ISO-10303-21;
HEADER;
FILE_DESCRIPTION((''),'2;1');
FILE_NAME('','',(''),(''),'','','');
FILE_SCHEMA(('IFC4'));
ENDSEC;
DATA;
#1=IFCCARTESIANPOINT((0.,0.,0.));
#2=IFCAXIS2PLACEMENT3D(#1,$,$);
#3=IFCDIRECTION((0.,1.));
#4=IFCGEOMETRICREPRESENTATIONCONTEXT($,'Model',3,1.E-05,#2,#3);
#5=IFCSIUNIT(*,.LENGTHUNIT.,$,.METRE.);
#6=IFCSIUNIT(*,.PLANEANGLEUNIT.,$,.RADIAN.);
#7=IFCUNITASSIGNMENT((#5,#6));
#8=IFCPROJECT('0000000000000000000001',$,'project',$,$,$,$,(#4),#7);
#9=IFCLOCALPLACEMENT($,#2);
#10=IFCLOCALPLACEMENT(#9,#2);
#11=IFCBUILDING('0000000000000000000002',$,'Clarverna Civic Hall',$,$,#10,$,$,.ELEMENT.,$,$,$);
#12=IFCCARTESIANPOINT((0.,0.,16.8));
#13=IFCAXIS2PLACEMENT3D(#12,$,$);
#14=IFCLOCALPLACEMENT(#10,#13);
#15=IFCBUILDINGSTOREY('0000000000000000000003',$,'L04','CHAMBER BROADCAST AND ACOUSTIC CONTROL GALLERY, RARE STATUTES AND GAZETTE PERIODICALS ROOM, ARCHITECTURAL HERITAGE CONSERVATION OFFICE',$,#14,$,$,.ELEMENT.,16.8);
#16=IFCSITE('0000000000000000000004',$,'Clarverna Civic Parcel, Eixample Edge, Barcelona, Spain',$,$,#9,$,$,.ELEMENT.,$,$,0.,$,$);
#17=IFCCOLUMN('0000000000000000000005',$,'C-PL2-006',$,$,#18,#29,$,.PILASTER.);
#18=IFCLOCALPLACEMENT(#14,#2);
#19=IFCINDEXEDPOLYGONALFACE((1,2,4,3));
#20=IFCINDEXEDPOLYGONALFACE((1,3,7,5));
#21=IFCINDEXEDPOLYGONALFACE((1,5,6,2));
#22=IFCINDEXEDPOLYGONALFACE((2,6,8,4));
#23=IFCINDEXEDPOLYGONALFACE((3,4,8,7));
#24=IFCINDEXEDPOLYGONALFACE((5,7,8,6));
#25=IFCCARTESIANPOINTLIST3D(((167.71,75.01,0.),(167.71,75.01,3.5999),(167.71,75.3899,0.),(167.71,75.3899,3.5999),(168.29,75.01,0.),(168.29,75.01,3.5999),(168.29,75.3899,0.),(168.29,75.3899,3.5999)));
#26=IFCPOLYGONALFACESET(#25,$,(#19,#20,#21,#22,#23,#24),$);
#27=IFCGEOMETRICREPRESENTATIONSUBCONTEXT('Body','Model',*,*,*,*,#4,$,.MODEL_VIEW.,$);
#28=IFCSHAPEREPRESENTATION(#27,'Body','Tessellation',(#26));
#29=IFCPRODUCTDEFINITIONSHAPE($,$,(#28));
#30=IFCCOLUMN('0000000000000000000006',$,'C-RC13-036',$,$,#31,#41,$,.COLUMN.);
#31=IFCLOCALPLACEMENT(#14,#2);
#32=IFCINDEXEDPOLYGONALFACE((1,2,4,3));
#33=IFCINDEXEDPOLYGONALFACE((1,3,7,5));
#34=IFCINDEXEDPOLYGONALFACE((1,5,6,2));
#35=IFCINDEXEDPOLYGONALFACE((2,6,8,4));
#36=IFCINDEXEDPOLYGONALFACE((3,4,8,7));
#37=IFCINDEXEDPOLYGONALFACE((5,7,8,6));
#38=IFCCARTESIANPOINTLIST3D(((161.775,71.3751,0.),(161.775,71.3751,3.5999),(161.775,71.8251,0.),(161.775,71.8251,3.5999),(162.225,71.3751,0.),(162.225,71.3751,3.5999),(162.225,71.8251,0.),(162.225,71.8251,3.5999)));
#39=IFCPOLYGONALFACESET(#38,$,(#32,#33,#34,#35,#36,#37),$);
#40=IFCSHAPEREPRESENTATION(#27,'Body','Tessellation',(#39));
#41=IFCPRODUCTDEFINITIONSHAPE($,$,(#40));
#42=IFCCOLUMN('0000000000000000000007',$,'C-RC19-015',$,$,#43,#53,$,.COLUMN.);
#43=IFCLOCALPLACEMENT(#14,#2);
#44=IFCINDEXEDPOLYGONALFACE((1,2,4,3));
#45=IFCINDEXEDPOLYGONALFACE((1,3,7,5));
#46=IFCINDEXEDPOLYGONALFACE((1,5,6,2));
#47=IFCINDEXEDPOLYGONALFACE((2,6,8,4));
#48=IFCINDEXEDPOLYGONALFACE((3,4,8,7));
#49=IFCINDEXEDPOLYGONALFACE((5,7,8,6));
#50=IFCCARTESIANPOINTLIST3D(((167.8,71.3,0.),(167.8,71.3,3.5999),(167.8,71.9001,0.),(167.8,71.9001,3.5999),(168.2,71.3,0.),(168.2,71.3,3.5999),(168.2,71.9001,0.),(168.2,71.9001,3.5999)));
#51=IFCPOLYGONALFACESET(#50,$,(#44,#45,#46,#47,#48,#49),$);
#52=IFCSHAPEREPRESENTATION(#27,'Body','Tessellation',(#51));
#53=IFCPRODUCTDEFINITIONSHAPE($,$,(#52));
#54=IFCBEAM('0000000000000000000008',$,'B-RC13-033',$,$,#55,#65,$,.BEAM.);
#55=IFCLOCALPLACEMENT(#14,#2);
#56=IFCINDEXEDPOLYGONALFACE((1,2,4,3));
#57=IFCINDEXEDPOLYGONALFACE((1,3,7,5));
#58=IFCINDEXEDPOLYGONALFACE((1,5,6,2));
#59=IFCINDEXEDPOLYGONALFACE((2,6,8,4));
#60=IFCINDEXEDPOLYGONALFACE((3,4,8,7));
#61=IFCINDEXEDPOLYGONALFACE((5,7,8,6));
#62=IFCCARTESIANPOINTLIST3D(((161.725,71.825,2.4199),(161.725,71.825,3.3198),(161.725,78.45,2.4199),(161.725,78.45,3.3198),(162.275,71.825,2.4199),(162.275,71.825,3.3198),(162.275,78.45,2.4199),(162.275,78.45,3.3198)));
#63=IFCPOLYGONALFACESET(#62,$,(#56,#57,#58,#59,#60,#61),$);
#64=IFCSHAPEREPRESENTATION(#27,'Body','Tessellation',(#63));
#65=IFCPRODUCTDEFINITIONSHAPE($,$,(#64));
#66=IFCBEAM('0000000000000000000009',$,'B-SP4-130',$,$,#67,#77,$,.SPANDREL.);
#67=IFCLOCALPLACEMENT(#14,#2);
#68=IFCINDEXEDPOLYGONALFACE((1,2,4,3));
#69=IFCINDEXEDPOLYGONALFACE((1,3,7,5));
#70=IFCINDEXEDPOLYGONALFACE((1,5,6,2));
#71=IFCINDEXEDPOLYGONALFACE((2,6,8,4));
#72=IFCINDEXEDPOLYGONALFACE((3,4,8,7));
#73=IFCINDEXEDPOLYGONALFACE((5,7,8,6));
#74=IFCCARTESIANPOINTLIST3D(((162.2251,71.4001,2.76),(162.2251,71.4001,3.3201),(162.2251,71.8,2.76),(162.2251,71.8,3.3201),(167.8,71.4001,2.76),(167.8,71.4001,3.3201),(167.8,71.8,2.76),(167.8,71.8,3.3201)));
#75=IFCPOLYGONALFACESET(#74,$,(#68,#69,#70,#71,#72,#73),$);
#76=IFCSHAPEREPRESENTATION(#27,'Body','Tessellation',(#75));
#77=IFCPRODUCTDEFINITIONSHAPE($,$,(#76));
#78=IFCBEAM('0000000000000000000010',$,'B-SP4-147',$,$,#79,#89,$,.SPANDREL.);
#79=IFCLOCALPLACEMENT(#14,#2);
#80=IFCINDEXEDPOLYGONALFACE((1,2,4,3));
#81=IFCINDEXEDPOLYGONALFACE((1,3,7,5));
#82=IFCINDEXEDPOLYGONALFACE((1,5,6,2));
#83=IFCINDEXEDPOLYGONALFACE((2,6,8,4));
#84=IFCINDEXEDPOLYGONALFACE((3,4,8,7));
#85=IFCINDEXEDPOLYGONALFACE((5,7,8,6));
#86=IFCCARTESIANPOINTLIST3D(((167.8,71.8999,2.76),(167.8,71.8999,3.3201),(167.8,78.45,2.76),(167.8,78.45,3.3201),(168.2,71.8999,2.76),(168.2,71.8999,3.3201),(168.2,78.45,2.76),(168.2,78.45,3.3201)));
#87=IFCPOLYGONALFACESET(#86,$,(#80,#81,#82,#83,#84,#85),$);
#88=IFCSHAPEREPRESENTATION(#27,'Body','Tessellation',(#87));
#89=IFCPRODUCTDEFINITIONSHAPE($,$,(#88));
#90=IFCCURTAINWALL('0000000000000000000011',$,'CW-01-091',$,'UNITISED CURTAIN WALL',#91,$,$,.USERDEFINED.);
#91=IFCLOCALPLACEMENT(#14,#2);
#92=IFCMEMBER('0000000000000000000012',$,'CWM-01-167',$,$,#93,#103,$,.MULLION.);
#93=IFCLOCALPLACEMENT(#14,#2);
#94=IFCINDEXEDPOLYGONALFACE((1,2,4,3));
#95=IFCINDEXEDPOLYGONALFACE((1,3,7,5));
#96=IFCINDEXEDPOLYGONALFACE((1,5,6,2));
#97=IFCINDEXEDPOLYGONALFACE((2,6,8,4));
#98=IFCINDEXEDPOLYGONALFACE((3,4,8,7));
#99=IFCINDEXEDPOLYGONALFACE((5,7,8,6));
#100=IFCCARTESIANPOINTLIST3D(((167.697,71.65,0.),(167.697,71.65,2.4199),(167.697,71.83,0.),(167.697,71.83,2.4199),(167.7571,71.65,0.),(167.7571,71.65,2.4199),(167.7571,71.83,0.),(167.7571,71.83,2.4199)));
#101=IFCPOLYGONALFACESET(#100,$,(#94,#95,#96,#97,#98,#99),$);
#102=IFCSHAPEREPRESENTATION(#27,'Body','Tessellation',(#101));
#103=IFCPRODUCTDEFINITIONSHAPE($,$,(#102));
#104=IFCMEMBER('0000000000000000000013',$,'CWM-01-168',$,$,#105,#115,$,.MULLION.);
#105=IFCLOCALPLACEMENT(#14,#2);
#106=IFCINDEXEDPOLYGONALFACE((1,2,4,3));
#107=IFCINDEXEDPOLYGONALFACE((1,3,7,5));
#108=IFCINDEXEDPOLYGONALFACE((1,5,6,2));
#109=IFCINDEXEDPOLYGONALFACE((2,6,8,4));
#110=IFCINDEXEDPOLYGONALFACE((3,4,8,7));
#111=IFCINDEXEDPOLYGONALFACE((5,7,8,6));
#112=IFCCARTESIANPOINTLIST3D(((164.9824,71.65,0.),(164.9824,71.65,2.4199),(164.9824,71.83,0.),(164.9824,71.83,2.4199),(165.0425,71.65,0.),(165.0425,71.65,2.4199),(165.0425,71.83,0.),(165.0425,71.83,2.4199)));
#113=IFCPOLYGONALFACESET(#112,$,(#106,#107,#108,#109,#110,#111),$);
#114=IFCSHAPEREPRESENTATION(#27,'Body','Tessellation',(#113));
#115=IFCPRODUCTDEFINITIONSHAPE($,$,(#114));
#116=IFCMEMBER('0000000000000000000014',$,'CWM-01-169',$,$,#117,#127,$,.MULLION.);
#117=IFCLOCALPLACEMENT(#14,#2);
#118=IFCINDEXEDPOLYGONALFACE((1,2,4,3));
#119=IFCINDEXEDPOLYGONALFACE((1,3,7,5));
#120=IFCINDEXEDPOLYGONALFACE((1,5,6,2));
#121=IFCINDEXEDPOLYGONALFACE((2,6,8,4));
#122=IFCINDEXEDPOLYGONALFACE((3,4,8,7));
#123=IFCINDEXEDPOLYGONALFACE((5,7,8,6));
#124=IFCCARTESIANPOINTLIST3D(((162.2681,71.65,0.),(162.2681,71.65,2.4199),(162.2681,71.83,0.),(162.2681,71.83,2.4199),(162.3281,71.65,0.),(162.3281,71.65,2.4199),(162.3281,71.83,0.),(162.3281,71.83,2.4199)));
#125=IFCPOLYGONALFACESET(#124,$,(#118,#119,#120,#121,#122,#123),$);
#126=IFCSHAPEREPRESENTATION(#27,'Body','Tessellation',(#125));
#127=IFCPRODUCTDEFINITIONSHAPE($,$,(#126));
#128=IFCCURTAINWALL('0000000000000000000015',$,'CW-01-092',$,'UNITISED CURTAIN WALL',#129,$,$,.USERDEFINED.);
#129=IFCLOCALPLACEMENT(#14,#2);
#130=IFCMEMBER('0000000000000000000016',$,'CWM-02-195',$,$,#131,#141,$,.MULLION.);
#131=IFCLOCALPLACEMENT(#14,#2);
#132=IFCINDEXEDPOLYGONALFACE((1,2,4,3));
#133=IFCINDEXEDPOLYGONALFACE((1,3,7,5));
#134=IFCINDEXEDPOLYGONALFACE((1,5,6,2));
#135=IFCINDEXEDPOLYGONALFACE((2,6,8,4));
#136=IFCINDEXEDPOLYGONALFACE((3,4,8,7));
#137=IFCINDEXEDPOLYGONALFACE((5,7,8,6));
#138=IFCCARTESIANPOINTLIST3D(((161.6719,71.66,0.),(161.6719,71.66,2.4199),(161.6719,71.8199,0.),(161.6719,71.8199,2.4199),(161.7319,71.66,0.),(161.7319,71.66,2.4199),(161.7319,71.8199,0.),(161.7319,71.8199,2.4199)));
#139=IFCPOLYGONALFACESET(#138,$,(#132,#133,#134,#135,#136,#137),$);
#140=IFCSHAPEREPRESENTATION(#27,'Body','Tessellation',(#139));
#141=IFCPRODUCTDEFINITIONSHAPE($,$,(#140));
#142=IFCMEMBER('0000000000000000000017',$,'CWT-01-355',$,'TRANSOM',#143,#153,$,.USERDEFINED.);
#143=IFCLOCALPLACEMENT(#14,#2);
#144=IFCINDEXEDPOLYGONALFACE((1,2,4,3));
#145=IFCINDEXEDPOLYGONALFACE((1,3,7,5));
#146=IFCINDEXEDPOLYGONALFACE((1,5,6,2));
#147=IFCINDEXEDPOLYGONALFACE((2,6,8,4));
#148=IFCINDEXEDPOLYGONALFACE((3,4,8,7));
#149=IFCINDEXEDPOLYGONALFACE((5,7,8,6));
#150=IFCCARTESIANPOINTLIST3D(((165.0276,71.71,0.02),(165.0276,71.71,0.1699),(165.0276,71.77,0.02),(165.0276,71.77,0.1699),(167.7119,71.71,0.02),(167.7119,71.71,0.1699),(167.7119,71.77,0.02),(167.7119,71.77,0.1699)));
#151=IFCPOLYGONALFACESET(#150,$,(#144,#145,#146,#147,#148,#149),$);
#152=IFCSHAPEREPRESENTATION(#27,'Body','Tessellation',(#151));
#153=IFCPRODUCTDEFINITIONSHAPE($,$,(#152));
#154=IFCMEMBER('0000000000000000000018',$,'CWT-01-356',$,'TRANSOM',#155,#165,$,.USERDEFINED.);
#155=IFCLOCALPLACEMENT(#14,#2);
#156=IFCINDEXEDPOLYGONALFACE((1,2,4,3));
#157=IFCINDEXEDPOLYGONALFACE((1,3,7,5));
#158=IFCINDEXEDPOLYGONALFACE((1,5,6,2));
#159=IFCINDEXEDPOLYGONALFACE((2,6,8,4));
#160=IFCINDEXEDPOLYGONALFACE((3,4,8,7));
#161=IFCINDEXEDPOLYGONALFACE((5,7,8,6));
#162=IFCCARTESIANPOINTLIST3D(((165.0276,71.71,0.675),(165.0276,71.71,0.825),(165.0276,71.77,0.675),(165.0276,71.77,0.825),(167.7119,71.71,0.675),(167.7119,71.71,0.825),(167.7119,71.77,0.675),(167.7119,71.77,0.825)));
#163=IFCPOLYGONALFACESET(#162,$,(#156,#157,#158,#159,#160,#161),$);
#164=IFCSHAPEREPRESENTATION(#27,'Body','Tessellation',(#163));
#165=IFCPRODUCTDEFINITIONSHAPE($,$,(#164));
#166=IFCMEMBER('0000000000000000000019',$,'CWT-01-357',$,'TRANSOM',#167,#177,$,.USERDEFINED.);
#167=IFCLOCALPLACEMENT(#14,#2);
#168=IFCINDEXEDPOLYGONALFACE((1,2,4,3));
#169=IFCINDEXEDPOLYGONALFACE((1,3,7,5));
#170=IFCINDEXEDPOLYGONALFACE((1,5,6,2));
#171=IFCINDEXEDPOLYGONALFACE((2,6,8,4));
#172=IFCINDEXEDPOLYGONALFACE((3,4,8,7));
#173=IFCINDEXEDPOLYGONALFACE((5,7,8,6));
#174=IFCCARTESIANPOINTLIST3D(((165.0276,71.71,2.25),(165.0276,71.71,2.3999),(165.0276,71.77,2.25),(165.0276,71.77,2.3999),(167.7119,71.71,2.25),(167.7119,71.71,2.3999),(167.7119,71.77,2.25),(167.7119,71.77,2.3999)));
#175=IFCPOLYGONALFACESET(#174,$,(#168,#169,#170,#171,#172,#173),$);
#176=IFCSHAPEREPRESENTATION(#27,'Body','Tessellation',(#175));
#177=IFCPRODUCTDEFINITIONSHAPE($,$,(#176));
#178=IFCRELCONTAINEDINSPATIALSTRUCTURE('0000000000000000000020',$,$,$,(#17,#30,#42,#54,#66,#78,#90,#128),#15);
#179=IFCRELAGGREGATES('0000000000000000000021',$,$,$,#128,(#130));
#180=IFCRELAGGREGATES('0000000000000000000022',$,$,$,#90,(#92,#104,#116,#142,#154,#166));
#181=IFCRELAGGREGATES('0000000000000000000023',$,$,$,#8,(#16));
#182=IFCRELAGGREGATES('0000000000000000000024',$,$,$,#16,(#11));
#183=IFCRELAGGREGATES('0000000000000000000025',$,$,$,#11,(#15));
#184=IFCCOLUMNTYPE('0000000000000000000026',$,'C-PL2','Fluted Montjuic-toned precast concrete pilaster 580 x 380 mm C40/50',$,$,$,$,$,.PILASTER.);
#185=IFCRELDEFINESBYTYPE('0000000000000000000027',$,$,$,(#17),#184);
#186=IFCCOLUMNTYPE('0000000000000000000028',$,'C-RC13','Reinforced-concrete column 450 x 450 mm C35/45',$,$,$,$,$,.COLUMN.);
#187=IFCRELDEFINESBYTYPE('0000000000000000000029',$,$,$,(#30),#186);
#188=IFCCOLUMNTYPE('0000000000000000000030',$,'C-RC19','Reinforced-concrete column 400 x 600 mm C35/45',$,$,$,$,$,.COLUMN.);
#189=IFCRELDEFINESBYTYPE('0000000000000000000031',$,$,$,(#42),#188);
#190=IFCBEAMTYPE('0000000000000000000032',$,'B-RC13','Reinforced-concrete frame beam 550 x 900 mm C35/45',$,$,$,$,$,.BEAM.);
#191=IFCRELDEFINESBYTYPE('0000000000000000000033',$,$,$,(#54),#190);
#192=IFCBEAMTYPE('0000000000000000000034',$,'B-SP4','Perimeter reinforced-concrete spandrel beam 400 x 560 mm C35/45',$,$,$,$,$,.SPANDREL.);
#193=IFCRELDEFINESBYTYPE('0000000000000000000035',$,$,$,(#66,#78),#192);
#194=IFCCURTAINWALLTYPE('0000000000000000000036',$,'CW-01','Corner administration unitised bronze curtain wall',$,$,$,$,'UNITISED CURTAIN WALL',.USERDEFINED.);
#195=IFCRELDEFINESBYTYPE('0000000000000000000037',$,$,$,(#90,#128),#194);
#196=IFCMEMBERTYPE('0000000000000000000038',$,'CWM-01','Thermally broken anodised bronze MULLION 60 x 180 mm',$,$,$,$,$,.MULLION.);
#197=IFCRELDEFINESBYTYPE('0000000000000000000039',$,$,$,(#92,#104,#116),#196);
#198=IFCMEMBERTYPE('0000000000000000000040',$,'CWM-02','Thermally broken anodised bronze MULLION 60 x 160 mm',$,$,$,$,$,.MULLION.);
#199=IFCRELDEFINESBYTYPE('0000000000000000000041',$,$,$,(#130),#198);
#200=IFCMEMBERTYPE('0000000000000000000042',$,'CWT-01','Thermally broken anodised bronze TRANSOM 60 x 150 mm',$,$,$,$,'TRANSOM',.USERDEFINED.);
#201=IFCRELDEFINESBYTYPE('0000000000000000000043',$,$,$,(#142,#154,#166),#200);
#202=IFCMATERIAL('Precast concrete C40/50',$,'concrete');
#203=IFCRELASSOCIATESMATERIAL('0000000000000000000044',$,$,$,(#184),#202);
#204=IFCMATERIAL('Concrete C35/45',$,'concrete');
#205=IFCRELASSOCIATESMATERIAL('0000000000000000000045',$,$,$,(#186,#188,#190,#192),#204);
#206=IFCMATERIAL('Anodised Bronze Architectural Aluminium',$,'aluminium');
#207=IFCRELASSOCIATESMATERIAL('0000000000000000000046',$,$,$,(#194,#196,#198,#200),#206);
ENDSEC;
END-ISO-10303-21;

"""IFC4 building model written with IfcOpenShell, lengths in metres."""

from ifc_helpers import new_model, si_unit, direction, frame, origin, origin_2d, place, context, subcontext, project, spatial, rectangle, extrude, material, material_profile, profile_set, type_object, element, aggregate, save


model = new_model("IFC4")

# Units and contexts
model_context = context("Model", 3, precision=1e-05, world=origin(), true_north=direction((0.0, 1.0)))
body_context = subcontext(model_context, "Body", "Model", "MODEL_VIEW")
ifc_project = project(units=[si_unit("LENGTHUNIT", "METRE"), si_unit("PLANEANGLEUNIT", "RADIAN")], contexts=[model_context])

# Site, building, storey
site_placement = place(None, origin())
site = spatial("IfcSite", under=ifc_project, at=site_placement, Name="Clarverna Civic Parcel, Eixample Edge, Barcelona, Spain", CompositionType="ELEMENT", RefElevation=0.0)
building_placement = place(site_placement, origin())
building = spatial("IfcBuilding", under=site, at=building_placement, Name="Clarverna Civic Hall", CompositionType="ELEMENT")
storey_placement = place(building_placement, frame((0.0, 0.0, 16.8)))
storey = spatial("IfcBuildingStorey", under=building, at=storey_placement, Name="L04", Description="CHAMBER BROADCAST AND ACOUSTIC CONTROL GALLERY, RARE STATUTES AND GAZETTE PERIODICALS ROOM, ARCHITECTURAL HERITAGE CONSERVATION OFFICE", CompositionType="ELEMENT", Elevation=16.8)

# Columns
ifc_material_1 = material(Name="Precast concrete C40/50", Category="concrete")
ifc_material_profile_1 = material_profile(ifc_material_1, rectangle(XDim=0.5801, YDim=0.3799, at=origin_2d()), Name="PILASTER 580x380")
ifc_profile_set_1 = profile_set([ifc_material_profile_1], Name="Precast concrete C40/50")
column_type_1 = type_object("IfcColumnType", Name="C-PL2", Description="Fluted Montjuic-toned precast concrete pilaster 580 x 380 mm C40/50", PredefinedType="PILASTER", material=ifc_profile_set_1)
column_1_placement = place(storey_placement, frame((168.0, 75.2, 0.0), z_axis=(0.0, 0.0, 1.0), x_axis=(1.0, 0.0, 0.0)))
element("IfcColumn", 1, at=column_1_placement, inside=storey, type_object=column_type_1, Name="C-PL2-006", PredefinedType="PILASTER", context=body_context, shape_type="SweptSolid", body=[
    extrude(rectangle(XDim=0.5801, YDim=0.3799, at=origin_2d()), origin(), (0.0, 0.0, 1.0), 3.5999),
])
ifc_material_2 = material(Name="Concrete C35/45", Category="concrete")
ifc_material_profile_2 = material_profile(ifc_material_2, rectangle(XDim=0.45, YDim=0.45, at=origin_2d()), Name="RC 450x450")
ifc_profile_set_2 = profile_set([ifc_material_profile_2], Name="Concrete C35/45")
column_type_2 = type_object("IfcColumnType", Name="C-RC13", Description="Reinforced-concrete column 450 x 450 mm C35/45", PredefinedType="COLUMN", material=ifc_profile_set_2)
column_2_placement = place(storey_placement, frame((162.0, 71.6001, 0.0), z_axis=(0.0, 0.0, 1.0), x_axis=(1.0, 0.0, 0.0)))
element("IfcColumn", 2, at=column_2_placement, inside=storey, type_object=column_type_2, Name="C-RC13-036", PredefinedType="COLUMN", context=body_context, shape_type="SweptSolid", body=[
    extrude(rectangle(XDim=0.45, YDim=0.45, at=origin_2d()), origin(), (0.0, 0.0, 1.0), 3.5999),
])
ifc_material_profile_3 = material_profile(ifc_material_2, rectangle(XDim=0.3999, YDim=0.6001, at=origin_2d()), Name="RC 400x600")
ifc_profile_set_3 = profile_set([ifc_material_profile_3], Name="Concrete C35/45")
column_type_3 = type_object("IfcColumnType", Name="C-RC19", Description="Reinforced-concrete column 400 x 600 mm C35/45", PredefinedType="COLUMN", material=ifc_profile_set_3)
column_3_placement = place(storey_placement, frame((168.0, 71.6001, 0.0), z_axis=(0.0, 0.0, 1.0), x_axis=(1.0, 0.0, 0.0)))
element("IfcColumn", 3, at=column_3_placement, inside=storey, type_object=column_type_3, Name="C-RC19-015", PredefinedType="COLUMN", context=body_context, shape_type="SweptSolid", body=[
    extrude(rectangle(XDim=0.3999, YDim=0.6001, at=origin_2d()), origin(), (0.0, 0.0, 1.0), 3.5999),
])

# Beams
ifc_material_profile_4 = material_profile(ifc_material_2, rectangle(XDim=0.55, YDim=0.8999, at=origin_2d()), Name="RC 550x900")
ifc_profile_set_4 = profile_set([ifc_material_profile_4], Name="Concrete C35/45")
beam_type_1 = type_object("IfcBeamType", Name="B-RC13", Description="Reinforced-concrete frame beam 550 x 900 mm C35/45", PredefinedType="BEAM", material=ifc_profile_set_4)
beam_1_placement = place(storey_placement, frame((162.0, 71.825, 2.8699), z_axis=(0.0, 1.0, 0.0), x_axis=(-1.0, 0.0, 0.0)))
element("IfcBeam", 4, at=beam_1_placement, inside=storey, type_object=beam_type_1, Name="B-RC13-033", PredefinedType="BEAM", context=body_context, shape_type="SweptSolid", body=[
    extrude(rectangle(XDim=0.55, YDim=0.8999, at=origin_2d()), origin(), (0.0, 0.0, 1.0), 6.625),
])
ifc_material_profile_5 = material_profile(ifc_material_2, rectangle(XDim=0.3999, YDim=0.5601, at=origin_2d()), Name="RC 400x560")
ifc_profile_set_5 = profile_set([ifc_material_profile_5], Name="Concrete C35/45")
beam_type_2 = type_object("IfcBeamType", Name="B-SP4", Description="Perimeter reinforced-concrete spandrel beam 400 x 560 mm C35/45", PredefinedType="SPANDREL", material=ifc_profile_set_5)
beam_2_placement = place(storey_placement, frame((162.2251, 71.6001, 3.04), z_axis=(1.0, 0.0, 0.0), x_axis=(0.0, 1.0, 0.0)))
element("IfcBeam", 5, at=beam_2_placement, inside=storey, type_object=beam_type_2, Name="B-SP4-130", PredefinedType="SPANDREL", context=body_context, shape_type="SweptSolid", body=[
    extrude(rectangle(XDim=0.3999, YDim=0.5601, at=origin_2d()), origin(), (0.0, 0.0, 1.0), 5.575),
])
beam_3_placement = place(storey_placement, frame((168.0, 71.8999, 3.04), z_axis=(0.0, 1.0, 0.0), x_axis=(-1.0, 0.0, 0.0)))
element("IfcBeam", 6, at=beam_3_placement, inside=storey, type_object=beam_type_2, Name="B-SP4-147", PredefinedType="SPANDREL", context=body_context, shape_type="SweptSolid", body=[
    extrude(rectangle(XDim=0.3999, YDim=0.5601, at=origin_2d()), origin(), (0.0, 0.0, 1.0), 6.55),
])

# Curtain wall, members
ifc_material_3 = material(Name="Anodised Bronze Architectural Aluminium", Category="aluminium")
curtain_wall_type = type_object("IfcCurtainWallType", Name="CW-01", Description="Corner administration unitised bronze curtain wall", ElementType="UNITISED CURTAIN WALL", PredefinedType="USERDEFINED", material=ifc_material_3)
curtain_wall_1_placement = place(storey_placement, origin())
curtain_wall_1 = element("IfcCurtainWall", 7, at=curtain_wall_1_placement, inside=storey, type_object=curtain_wall_type, Name="CW-01-091", ObjectType="UNITISED CURTAIN WALL", PredefinedType="USERDEFINED")
ifc_material_profile_6 = material_profile(ifc_material_3, rectangle(XDim=0.0601, YDim=0.1799, at=origin_2d()), Name="BRONZE 60x180")
ifc_profile_set_6 = profile_set([ifc_material_profile_6], Name="Anodised Bronze Architectural Aluminium")
member_type_1 = type_object("IfcMemberType", Name="CWM-01", Description="Thermally broken anodised bronze MULLION 60 x 180 mm", PredefinedType="MULLION", material=ifc_profile_set_6)
member_1_placement = place(storey_placement, frame((167.7271, 71.74, 0.0), z_axis=(0.0, 0.0, 1.0), x_axis=(1.0, 0.0, 0.0)))
member_1 = element("IfcMember", 8, at=member_1_placement, type_object=member_type_1, Name="CWM-01-167", PredefinedType="MULLION", context=body_context, shape_type="SweptSolid", body=[
    extrude(rectangle(XDim=0.0601, YDim=0.1799, at=origin_2d()), origin(), (0.0, 0.0, 1.0), 2.4199),
])
member_2_placement = place(storey_placement, frame((165.0125, 71.74, 0.0), z_axis=(0.0, 0.0, 1.0), x_axis=(1.0, 0.0, 0.0)))
member_2 = element("IfcMember", 9, at=member_2_placement, type_object=member_type_1, Name="CWM-01-168", PredefinedType="MULLION", context=body_context, shape_type="SweptSolid", body=[
    extrude(rectangle(XDim=0.0601, YDim=0.1799, at=origin_2d()), origin(), (0.0, 0.0, 1.0), 2.4199),
])
member_3_placement = place(storey_placement, frame((162.2981, 71.74, 0.0), z_axis=(0.0, 0.0, 1.0), x_axis=(1.0, 0.0, 0.0)))
member_3 = element("IfcMember", 10, at=member_3_placement, type_object=member_type_1, Name="CWM-01-169", PredefinedType="MULLION", context=body_context, shape_type="SweptSolid", body=[
    extrude(rectangle(XDim=0.0601, YDim=0.1799, at=origin_2d()), origin(), (0.0, 0.0, 1.0), 2.4199),
])

# Curtain wall, member
curtain_wall_2_placement = place(storey_placement, origin())
curtain_wall_2 = element("IfcCurtainWall", 11, at=curtain_wall_2_placement, inside=storey, type_object=curtain_wall_type, Name="CW-01-092", ObjectType="UNITISED CURTAIN WALL", PredefinedType="USERDEFINED")
ifc_material_profile_7 = material_profile(ifc_material_3, rectangle(XDim=0.0601, YDim=0.1599, at=origin_2d()), Name="BRONZE 60x160")
ifc_profile_set_7 = profile_set([ifc_material_profile_7], Name="Anodised Bronze Architectural Aluminium")
member_type_2 = type_object("IfcMemberType", Name="CWM-02", Description="Thermally broken anodised bronze MULLION 60 x 160 mm", PredefinedType="MULLION", material=ifc_profile_set_7)
member_4_placement = place(storey_placement, frame((161.7019, 71.74, 0.0), z_axis=(0.0, 0.0, 1.0), x_axis=(1.0, 0.0, 0.0)))
member_4 = element("IfcMember", 12, at=member_4_placement, type_object=member_type_2, Name="CWM-02-195", PredefinedType="MULLION", context=body_context, shape_type="SweptSolid", body=[
    extrude(rectangle(XDim=0.0601, YDim=0.1599, at=origin_2d()), origin(), (0.0, 0.0, 1.0), 2.4199),
])
aggregate(curtain_wall_2, [member_4])

# Members
ifc_material_profile_8 = material_profile(ifc_material_3, rectangle(XDim=0.0601, YDim=0.1499, at=origin_2d()), Name="BRONZE 60x150")
ifc_profile_set_8 = profile_set([ifc_material_profile_8], Name="Anodised Bronze Architectural Aluminium")
member_type_3 = type_object("IfcMemberType", Name="CWT-01", Description="Thermally broken anodised bronze TRANSOM 60 x 150 mm", ElementType="TRANSOM", PredefinedType="USERDEFINED", material=ifc_profile_set_8)
member_5_placement = place(storey_placement, frame((167.7119, 71.74, 0.095), z_axis=(-1.0, 0.0, 0.0), x_axis=(0.0, -1.0, 0.0)))
member_5 = element("IfcMember", 13, at=member_5_placement, type_object=member_type_3, Name="CWT-01-355", ObjectType="TRANSOM", PredefinedType="USERDEFINED", context=body_context, shape_type="SweptSolid", body=[
    extrude(rectangle(XDim=0.0601, YDim=0.1499, at=origin_2d()), origin(), (0.0, 0.0, 1.0), 2.6843),
])
member_6_placement = place(storey_placement, frame((167.7119, 71.74, 0.75), z_axis=(-1.0, 0.0, 0.0), x_axis=(0.0, -1.0, 0.0)))
member_6 = element("IfcMember", 14, at=member_6_placement, type_object=member_type_3, Name="CWT-01-356", ObjectType="TRANSOM", PredefinedType="USERDEFINED", context=body_context, shape_type="SweptSolid", body=[
    extrude(rectangle(XDim=0.0601, YDim=0.1499, at=origin_2d()), origin(), (0.0, 0.0, 1.0), 2.6843),
])
member_7_placement = place(storey_placement, frame((167.7119, 71.74, 2.325), z_axis=(-1.0, 0.0, 0.0), x_axis=(0.0, -1.0, 0.0)))
member_7 = element("IfcMember", 15, at=member_7_placement, type_object=member_type_3, Name="CWT-01-357", ObjectType="TRANSOM", PredefinedType="USERDEFINED", context=body_context, shape_type="SweptSolid", body=[
    extrude(rectangle(XDim=0.0601, YDim=0.1499, at=origin_2d()), origin(), (0.0, 0.0, 1.0), 2.6843),
])

aggregate(curtain_wall_1, [member_1, member_2, member_3, member_5, member_6, member_7])

save(model, "model.ifc")
